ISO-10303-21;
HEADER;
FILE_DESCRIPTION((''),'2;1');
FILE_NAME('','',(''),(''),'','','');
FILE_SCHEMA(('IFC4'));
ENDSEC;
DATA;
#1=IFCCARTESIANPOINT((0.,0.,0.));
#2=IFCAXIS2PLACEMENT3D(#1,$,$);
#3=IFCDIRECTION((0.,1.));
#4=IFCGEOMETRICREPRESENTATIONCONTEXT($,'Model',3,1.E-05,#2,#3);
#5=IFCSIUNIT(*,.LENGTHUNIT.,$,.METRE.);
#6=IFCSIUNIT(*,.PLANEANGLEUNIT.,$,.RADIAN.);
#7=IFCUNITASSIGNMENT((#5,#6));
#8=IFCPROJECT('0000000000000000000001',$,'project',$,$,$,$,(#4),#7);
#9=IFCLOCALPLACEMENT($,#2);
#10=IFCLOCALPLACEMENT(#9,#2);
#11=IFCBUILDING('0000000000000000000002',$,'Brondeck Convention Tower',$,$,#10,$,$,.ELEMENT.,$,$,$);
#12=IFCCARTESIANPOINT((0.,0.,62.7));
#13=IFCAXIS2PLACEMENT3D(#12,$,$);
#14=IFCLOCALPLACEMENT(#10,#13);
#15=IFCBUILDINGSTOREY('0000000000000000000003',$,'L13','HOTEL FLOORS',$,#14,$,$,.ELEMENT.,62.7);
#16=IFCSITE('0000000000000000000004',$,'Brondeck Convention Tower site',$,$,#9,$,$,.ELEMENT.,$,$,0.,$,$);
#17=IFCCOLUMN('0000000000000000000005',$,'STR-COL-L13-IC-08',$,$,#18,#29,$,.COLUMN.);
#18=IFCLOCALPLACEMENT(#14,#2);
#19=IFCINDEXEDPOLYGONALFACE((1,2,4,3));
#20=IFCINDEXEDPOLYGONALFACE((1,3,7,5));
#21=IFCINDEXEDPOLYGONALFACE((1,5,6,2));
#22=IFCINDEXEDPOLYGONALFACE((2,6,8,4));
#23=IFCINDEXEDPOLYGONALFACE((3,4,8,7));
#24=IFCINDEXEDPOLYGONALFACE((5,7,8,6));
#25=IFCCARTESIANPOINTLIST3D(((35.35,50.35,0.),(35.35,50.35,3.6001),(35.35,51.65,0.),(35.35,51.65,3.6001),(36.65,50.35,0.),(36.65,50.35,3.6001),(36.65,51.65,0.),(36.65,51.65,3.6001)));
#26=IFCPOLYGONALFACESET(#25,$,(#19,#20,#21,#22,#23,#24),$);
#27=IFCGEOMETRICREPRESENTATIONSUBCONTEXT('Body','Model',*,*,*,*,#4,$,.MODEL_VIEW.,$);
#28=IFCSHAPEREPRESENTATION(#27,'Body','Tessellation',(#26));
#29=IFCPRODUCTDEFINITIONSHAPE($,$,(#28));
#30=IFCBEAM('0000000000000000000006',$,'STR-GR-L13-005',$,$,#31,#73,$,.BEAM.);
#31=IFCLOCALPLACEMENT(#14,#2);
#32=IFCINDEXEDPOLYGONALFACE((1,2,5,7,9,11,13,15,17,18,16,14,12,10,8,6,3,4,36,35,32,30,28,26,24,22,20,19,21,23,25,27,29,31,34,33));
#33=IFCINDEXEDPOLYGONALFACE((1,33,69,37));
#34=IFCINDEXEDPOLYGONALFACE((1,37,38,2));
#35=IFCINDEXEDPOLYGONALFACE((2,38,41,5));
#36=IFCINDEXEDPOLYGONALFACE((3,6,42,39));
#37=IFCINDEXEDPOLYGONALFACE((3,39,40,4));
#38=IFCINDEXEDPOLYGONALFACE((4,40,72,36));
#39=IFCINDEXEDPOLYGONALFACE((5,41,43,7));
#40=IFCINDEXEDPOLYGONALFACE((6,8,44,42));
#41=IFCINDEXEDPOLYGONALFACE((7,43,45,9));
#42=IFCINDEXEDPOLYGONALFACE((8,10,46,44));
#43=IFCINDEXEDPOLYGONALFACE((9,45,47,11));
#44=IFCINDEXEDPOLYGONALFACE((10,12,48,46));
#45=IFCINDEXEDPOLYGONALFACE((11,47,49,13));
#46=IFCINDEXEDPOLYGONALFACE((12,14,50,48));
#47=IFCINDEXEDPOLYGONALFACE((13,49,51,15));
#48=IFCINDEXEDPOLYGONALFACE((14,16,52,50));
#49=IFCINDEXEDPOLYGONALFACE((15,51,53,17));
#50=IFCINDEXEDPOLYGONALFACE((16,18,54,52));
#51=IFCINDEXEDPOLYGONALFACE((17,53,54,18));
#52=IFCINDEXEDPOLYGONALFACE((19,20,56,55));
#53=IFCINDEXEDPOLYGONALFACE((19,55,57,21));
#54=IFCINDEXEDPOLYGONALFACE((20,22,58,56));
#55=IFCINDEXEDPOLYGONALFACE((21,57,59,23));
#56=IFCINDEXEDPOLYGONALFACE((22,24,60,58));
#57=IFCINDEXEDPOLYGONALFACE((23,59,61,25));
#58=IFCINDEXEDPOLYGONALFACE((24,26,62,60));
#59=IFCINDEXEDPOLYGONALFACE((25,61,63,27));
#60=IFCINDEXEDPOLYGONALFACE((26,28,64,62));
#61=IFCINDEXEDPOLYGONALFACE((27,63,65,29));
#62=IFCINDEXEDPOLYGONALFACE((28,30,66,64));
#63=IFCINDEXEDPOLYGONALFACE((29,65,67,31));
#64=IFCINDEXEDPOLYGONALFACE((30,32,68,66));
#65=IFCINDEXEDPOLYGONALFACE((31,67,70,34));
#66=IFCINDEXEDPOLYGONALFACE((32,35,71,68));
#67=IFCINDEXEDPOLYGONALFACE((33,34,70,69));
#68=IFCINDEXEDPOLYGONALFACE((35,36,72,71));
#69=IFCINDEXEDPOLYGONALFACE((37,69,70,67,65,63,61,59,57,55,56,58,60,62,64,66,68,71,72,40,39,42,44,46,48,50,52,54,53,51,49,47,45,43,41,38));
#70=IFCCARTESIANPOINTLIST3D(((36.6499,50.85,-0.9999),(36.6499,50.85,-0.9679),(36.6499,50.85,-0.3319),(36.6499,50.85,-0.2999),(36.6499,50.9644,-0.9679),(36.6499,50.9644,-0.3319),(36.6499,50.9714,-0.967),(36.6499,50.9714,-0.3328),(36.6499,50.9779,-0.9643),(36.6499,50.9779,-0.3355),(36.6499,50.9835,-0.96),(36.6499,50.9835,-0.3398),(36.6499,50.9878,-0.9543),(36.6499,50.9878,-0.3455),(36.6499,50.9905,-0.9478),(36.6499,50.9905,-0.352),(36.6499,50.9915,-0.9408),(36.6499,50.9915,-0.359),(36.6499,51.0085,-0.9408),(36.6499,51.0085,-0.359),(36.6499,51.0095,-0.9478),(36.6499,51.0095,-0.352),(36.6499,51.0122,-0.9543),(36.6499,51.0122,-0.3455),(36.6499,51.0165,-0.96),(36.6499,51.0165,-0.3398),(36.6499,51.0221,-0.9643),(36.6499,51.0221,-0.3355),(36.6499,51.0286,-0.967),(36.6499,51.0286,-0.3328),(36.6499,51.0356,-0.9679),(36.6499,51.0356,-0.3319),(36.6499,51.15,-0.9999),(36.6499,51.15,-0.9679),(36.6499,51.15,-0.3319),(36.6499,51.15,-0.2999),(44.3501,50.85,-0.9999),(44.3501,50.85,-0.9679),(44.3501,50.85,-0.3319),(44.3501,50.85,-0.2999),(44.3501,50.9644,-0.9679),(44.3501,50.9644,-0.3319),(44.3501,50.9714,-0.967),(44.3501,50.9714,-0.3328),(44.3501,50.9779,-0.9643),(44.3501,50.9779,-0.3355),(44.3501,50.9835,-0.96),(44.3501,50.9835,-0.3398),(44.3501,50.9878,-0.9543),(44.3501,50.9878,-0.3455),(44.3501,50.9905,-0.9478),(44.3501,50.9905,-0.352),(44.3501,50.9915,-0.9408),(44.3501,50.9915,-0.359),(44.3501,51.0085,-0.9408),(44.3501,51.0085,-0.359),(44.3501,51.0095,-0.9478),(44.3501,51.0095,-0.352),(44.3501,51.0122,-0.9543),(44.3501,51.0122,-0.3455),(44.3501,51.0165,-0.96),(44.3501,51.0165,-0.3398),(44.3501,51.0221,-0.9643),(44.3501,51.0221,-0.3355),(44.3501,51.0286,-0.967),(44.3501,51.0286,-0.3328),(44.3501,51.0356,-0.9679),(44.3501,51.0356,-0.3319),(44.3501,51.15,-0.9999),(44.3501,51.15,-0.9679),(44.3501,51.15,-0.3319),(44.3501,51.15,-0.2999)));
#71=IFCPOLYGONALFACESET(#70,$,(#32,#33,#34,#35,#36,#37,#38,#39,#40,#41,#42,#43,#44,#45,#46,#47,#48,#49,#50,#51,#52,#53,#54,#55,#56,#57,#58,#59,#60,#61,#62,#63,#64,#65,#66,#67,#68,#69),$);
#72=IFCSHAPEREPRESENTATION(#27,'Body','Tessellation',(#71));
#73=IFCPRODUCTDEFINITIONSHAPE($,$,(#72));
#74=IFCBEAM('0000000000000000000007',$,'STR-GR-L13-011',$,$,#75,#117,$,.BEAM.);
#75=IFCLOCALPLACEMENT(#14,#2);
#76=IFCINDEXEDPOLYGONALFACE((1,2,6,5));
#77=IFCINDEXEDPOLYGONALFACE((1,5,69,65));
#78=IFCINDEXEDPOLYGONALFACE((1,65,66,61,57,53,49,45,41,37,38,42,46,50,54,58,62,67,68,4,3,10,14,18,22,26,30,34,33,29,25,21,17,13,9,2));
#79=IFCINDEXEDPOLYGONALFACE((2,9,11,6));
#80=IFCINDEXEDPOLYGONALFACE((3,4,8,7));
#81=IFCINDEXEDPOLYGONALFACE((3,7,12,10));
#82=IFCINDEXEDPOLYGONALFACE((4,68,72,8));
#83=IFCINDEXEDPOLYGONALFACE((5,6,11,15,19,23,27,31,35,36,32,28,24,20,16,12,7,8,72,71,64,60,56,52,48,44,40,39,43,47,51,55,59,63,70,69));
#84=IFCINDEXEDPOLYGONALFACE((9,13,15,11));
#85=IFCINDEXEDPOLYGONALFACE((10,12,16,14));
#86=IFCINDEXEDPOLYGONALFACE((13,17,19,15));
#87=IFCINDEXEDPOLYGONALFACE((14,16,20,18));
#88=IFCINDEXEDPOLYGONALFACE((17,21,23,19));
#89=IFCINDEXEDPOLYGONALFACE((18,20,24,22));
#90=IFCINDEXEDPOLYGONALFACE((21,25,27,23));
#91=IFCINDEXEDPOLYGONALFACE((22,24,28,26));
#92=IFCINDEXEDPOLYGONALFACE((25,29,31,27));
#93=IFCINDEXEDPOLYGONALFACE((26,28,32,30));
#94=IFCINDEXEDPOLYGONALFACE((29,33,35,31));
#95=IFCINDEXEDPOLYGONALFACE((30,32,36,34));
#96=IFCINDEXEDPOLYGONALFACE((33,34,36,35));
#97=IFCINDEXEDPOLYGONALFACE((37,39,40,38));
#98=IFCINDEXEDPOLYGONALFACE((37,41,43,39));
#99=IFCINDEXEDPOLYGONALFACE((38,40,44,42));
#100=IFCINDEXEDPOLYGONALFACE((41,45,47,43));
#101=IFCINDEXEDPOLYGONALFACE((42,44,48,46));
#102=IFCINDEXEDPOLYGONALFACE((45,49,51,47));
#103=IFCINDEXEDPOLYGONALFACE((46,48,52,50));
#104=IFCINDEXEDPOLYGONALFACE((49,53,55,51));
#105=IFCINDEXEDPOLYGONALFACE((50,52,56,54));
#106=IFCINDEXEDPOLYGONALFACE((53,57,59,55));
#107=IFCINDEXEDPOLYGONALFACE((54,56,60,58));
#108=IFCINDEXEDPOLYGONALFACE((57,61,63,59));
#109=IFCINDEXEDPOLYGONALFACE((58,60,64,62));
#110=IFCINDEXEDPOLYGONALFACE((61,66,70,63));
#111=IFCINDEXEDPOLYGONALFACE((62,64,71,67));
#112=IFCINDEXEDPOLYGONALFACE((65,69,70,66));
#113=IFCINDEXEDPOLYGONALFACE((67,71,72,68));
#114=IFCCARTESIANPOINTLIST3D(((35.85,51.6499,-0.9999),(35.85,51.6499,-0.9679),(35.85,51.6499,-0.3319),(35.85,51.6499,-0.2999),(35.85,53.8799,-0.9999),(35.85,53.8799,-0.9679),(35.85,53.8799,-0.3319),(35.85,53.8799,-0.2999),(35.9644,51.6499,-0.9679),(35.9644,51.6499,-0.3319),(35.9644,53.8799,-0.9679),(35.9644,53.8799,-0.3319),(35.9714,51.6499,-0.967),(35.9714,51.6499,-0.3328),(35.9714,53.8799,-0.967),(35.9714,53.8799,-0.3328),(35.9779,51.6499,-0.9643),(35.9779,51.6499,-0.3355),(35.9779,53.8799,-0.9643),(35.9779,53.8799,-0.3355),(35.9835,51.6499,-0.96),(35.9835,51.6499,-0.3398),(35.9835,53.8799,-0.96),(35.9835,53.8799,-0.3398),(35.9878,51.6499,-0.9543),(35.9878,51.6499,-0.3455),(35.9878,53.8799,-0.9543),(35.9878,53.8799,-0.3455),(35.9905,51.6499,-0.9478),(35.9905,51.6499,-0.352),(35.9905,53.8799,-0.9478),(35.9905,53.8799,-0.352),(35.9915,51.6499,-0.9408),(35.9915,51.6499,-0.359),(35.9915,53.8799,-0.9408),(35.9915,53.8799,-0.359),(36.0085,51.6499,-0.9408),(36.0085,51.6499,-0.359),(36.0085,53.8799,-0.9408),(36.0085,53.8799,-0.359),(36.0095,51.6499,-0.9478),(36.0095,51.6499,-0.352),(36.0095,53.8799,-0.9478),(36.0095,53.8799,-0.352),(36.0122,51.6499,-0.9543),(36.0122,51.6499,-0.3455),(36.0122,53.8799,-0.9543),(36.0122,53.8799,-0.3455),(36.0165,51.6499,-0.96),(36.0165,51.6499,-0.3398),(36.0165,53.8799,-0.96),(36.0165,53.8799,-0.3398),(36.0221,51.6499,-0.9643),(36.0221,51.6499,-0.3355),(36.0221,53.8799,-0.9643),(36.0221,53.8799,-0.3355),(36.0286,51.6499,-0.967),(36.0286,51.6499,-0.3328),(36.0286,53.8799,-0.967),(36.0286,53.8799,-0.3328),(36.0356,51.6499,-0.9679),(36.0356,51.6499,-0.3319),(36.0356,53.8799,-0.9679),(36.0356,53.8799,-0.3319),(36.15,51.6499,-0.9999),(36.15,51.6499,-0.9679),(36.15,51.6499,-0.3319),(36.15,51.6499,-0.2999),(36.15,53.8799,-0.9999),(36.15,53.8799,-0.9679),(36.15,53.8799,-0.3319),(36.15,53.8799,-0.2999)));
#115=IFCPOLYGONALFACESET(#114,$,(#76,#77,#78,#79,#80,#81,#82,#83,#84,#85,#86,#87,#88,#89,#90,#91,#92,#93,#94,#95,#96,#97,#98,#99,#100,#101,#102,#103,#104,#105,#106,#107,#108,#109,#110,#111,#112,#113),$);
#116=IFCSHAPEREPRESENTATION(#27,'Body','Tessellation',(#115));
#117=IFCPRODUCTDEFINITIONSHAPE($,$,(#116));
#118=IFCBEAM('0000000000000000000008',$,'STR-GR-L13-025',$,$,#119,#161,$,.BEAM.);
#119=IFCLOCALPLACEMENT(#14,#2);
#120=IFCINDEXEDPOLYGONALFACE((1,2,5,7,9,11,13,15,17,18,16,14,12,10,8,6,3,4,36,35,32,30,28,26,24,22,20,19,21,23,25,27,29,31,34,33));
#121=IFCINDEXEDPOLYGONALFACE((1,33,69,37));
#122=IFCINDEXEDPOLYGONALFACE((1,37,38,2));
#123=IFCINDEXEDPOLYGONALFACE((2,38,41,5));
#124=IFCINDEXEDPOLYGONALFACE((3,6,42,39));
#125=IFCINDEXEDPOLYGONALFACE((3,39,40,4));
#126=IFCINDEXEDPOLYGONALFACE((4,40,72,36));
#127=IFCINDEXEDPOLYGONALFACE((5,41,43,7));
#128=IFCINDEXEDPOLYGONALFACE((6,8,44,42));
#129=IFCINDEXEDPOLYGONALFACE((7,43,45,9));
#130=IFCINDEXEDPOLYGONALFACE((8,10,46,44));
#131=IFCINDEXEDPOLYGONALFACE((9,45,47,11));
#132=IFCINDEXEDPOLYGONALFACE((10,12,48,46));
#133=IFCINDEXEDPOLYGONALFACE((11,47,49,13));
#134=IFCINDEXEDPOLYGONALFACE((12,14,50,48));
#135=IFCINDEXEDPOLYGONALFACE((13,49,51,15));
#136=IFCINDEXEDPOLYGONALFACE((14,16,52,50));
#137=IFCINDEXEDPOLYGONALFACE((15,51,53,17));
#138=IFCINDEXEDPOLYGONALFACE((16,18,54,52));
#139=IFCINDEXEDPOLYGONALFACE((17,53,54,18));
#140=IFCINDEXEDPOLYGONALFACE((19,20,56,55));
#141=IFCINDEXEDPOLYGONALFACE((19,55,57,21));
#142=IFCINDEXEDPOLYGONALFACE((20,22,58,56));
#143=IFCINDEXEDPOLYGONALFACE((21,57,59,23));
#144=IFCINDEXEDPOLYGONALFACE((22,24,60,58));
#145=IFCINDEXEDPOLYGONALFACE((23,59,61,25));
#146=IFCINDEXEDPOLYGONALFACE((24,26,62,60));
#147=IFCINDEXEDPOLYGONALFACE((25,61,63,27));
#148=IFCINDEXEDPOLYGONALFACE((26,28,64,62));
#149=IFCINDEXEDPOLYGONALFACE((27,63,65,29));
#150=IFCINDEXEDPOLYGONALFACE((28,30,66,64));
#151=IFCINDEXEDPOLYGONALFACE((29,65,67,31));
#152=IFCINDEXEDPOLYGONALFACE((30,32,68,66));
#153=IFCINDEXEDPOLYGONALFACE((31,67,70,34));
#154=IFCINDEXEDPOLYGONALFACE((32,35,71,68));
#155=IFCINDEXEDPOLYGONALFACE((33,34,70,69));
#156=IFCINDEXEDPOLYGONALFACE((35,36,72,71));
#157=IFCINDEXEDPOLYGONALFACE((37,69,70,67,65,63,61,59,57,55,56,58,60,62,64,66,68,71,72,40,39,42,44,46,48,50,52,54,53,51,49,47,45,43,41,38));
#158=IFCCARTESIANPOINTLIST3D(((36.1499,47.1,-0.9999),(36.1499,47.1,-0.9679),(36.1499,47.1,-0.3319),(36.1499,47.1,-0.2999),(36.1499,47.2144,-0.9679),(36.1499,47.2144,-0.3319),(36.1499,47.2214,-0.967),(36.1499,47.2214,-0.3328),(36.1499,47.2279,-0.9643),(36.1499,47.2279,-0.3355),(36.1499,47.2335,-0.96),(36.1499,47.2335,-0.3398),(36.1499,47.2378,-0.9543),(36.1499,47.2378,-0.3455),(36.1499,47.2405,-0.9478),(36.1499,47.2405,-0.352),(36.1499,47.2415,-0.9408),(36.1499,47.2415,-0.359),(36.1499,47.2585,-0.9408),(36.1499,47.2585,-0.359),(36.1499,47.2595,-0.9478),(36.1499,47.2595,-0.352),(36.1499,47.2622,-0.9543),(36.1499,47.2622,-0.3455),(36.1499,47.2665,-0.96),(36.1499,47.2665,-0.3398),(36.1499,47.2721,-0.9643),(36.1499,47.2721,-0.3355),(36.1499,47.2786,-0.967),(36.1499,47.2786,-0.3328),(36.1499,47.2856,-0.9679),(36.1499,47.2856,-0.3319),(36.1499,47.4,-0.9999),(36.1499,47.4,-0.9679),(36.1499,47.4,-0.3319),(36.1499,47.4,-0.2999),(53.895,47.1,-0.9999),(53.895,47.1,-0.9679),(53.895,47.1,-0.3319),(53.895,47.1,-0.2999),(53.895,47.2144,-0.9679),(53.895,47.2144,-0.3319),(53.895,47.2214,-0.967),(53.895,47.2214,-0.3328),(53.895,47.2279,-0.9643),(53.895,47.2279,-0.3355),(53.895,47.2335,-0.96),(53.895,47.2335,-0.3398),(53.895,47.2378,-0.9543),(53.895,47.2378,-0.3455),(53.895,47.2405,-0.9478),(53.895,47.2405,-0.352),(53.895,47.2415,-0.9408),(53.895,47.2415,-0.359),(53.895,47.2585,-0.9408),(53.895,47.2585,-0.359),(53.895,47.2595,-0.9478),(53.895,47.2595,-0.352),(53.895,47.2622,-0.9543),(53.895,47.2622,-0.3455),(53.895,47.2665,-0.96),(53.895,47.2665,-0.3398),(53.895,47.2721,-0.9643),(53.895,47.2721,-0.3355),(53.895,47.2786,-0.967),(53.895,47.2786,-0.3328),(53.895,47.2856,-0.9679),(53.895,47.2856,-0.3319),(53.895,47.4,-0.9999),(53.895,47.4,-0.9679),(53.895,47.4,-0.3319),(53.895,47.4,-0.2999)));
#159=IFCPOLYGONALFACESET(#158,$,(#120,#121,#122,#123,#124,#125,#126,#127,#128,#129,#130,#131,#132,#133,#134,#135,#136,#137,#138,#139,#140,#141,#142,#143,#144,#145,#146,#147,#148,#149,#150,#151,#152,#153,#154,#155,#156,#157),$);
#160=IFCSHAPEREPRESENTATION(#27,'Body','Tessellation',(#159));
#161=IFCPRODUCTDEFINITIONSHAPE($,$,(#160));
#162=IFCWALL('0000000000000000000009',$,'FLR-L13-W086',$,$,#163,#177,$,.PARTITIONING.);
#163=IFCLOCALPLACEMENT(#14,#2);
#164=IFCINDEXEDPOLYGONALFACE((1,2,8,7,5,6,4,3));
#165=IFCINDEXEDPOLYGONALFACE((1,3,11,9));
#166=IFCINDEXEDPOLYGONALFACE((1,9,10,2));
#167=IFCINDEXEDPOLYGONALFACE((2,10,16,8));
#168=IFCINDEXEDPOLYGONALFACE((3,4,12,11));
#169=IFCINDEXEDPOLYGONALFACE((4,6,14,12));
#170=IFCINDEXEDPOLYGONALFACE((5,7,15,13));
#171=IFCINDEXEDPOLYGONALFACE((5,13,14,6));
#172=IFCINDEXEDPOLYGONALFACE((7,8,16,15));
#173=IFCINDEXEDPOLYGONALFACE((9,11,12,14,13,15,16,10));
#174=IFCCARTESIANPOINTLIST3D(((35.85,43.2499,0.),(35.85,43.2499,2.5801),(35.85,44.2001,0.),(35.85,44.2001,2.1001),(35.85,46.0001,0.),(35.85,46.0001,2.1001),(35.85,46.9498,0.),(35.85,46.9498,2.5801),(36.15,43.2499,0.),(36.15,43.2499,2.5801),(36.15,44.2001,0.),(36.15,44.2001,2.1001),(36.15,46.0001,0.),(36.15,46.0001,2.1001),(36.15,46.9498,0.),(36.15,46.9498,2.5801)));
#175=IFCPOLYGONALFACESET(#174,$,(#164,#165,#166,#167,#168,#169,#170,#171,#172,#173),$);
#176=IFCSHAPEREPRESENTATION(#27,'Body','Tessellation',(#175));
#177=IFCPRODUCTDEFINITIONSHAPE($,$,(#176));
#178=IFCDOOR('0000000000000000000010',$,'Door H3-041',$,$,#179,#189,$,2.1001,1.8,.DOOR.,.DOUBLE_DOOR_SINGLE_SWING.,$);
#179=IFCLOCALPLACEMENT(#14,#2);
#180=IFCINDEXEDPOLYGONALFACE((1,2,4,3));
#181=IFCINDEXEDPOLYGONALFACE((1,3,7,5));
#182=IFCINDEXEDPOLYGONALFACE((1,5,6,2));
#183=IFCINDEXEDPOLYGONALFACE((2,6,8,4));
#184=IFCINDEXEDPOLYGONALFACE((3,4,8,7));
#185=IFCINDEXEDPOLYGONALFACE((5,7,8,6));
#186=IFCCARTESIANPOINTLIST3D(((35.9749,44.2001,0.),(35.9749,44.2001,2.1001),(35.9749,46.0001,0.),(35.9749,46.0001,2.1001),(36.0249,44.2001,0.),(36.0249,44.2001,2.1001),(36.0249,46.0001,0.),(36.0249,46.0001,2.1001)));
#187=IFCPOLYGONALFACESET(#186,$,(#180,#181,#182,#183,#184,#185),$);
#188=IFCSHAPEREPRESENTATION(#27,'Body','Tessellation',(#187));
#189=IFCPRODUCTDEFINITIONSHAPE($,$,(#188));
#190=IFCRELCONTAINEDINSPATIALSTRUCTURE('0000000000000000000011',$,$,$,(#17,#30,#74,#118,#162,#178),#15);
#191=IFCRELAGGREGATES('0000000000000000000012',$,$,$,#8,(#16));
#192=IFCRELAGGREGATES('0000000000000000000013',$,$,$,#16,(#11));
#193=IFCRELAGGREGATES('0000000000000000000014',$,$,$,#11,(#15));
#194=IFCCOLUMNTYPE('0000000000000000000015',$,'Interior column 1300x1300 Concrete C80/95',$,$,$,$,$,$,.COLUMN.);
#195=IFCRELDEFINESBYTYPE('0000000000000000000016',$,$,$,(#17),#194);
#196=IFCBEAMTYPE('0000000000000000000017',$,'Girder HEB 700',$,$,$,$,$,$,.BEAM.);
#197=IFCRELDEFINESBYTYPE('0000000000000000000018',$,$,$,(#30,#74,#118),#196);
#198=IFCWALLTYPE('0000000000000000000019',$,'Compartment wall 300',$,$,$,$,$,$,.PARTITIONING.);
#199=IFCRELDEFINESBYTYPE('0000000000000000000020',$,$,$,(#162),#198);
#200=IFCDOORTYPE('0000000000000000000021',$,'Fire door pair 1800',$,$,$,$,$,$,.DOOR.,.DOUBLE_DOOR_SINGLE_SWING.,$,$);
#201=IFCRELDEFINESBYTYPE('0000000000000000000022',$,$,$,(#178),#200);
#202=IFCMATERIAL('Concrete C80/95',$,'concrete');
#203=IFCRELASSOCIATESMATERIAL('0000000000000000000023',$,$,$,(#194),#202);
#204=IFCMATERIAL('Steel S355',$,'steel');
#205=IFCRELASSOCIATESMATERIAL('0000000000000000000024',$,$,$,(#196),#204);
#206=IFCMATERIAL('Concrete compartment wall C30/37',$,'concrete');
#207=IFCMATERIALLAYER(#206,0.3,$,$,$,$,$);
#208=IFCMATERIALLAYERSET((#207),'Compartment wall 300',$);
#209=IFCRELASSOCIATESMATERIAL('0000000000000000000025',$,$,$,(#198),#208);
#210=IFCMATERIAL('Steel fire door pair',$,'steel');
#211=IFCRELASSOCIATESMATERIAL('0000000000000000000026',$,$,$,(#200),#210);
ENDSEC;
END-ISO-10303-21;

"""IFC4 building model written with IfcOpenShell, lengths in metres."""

from ifc_helpers import new_model, si_unit, direction, frame, frame_2d, origin, origin_2d, place, context, subcontext, project, spatial, rectangle, i_section, extrude, material, layer, layer_set, material_profile, profile_set, type_object, element, fill, save


model = new_model("IFC4")

# Units and contexts
model_context = context("Model", 3, precision=1e-05, world=origin(), true_north=direction((0.0, 1.0)))
body_context = subcontext(model_context, "Body", "Model", "MODEL_VIEW")
ifc_project = project(units=[si_unit("LENGTHUNIT", "METRE"), si_unit("PLANEANGLEUNIT", "RADIAN")], contexts=[model_context])

# Site, building, storey
site_placement = place(None, origin())
site = spatial("IfcSite", under=ifc_project, at=site_placement, Name="Brondeck Convention Tower site", CompositionType="ELEMENT", RefElevation=0.0)
building_placement = place(site_placement, origin())
building = spatial("IfcBuilding", under=site, at=building_placement, Name="Brondeck Convention Tower", CompositionType="ELEMENT")
storey_placement = place(building_placement, frame((0.0, 0.0, 62.7)))
storey = spatial("IfcBuildingStorey", under=building, at=storey_placement, Name="L13", Description="HOTEL FLOORS", CompositionType="ELEMENT", Elevation=62.7)

# Column
ifc_material_1 = material(Name="Concrete C80/95", Category="concrete")
ifc_material_profile_1 = material_profile(ifc_material_1, rectangle(XDim=1.3, YDim=1.3, at=origin_2d()), Name="Interior column 1300x1300 Concrete C80/95")
ifc_profile_set_1 = profile_set([ifc_material_profile_1], Name="Concrete C80/95")
column_type = type_object("IfcColumnType", Name="Interior column 1300x1300 Concrete C80/95", PredefinedType="COLUMN", material=ifc_profile_set_1)
column_placement = place(storey_placement, frame((36.0, 51.0, 0.0), z_axis=(0.0, 0.0, 1.0), x_axis=(1.0, 0.0, 0.0)))
element("IfcColumn", 1, at=column_placement, inside=storey, type_object=column_type, Name="STR-COL-L13-IC-08", PredefinedType="COLUMN", context=body_context, shape_type="SweptSolid", body=[
    extrude(rectangle(XDim=1.3, YDim=1.3, at=origin_2d()), origin(), (0.0, 0.0, 1.0), 3.6001),
])

# Beams
ifc_material_2 = material(Name="Steel S355", Category="steel")
ifc_material_profile_2 = material_profile(ifc_material_2, i_section(OverallWidth=0.3, OverallDepth=0.7, WebThickness=0.0171, FlangeThickness=0.032, FilletRadius=0.0271, at=origin_2d()), Name="HEB 700")
ifc_profile_set_2 = profile_set([ifc_material_profile_2], Name="Steel S355")
beam_type = type_object("IfcBeamType", Name="Girder HEB 700", PredefinedType="BEAM", material=ifc_profile_set_2)
beam_1_placement = place(storey_placement, frame((36.6499, 51.0, -0.6499), z_axis=(1.0, 0.0, 0.0), x_axis=(0.0, 1.0, 0.0)))
element("IfcBeam", 2, at=beam_1_placement, inside=storey, type_object=beam_type, Name="STR-GR-L13-005", PredefinedType="BEAM", context=body_context, shape_type="SweptSolid", body=[
    extrude(i_section(OverallWidth=0.3, OverallDepth=0.7, WebThickness=0.0171, FlangeThickness=0.032, FilletRadius=0.0271, at=origin_2d()), origin(), (0.0, 0.0, 1.0), 7.7002),
])
beam_2_placement = place(storey_placement, frame((36.0, 51.6499, -0.6499), z_axis=(0.0, 1.0, 0.0), x_axis=(-1.0, 0.0, 0.0)))
element("IfcBeam", 3, at=beam_2_placement, inside=storey, type_object=beam_type, Name="STR-GR-L13-011", PredefinedType="BEAM", context=body_context, shape_type="SweptSolid", body=[
    extrude(i_section(OverallWidth=0.3, OverallDepth=0.7, WebThickness=0.0171, FlangeThickness=0.032, FilletRadius=0.0271, at=origin_2d()), origin(), (0.0, 0.0, 1.0), 2.23),
])
beam_3_placement = place(storey_placement, frame((36.1499, 47.25, -0.6499), z_axis=(1.0, 0.0, 0.0), x_axis=(0.0, 1.0, 0.0)))
element("IfcBeam", 4, at=beam_3_placement, inside=storey, type_object=beam_type, Name="STR-GR-L13-025", PredefinedType="BEAM", context=body_context, shape_type="SweptSolid", body=[
    extrude(i_section(OverallWidth=0.3, OverallDepth=0.7, WebThickness=0.0171, FlangeThickness=0.032, FilletRadius=0.0271, at=origin_2d()), origin(), (0.0, 0.0, 1.0), 17.7451),
])

# Wall, opening, door
ifc_material_3 = material(Name="Concrete compartment wall C30/37", Category="concrete")
ifc_layer_1 = layer(ifc_material_3, 0.3)
ifc_layer_set_1 = layer_set([ifc_layer_1], Name="Compartment wall 300")
wall_type_1 = type_object("IfcWallType", Name="Compartment wall 300", PredefinedType="PARTITIONING", material=ifc_layer_set_1)
wall_1_placement = place(storey_placement, frame((36.0, 46.95, 0.0), z_axis=(0.0, 0.0, 1.0), x_axis=(0.0, -1.0, 0.0)))
wall_1 = element("IfcWall", 5, at=wall_1_placement, inside=storey, type_object=wall_type_1, Name="FLR-L13-W086", PredefinedType="PARTITIONING", context=body_context, shape_type="SweptSolid", body=[
    extrude(rectangle(XDim=3.7, YDim=0.3, at=frame_2d((1.8501, 0.0))), origin(), (0.0, 0.0, 1.0), 2.5801),
])
opening_1_placement = place(wall_1_placement, frame((0.95, 0.0, 0.0)))
opening_1 = element("IfcOpeningElement", 6, at=opening_1_placement, cuts=wall_1, PredefinedType="OPENING", context=body_context, shape_type="SweptSolid", body=[
    extrude(rectangle(XDim=1.8, YDim=2.1001, at=frame_2d((0.8999, 1.05))), frame((0.0, 0.1599, 0.0), z_axis=(0.0, -1.0, 0.0), x_axis=(1.0, 0.0, 0.0)), (0.0, 0.0, 1.0), 0.3201),
])
ifc_material_4 = material(Name="Steel fire door pair", Category="steel")
door_type_1 = type_object("IfcDoorType", Name="Fire door pair 1800", OperationType="DOUBLE_DOOR_SINGLE_SWING", PredefinedType="DOOR", material=ifc_material_4)
door_1_placement = place(opening_1_placement, origin())
door_1 = element("IfcDoor", 7, at=door_1_placement, inside=storey, type_object=door_type_1, Name="Door H3-041", OperationType="DOUBLE_DOOR_SINGLE_SWING", OverallHeight=2.1001, OverallWidth=1.8, PredefinedType="DOOR", context=body_context, shape_type="SweptSolid", body=[
    extrude(rectangle(XDim=1.8, YDim=2.1001, at=frame_2d((0.8999, 1.05))), frame((0.0, 0.0249, 0.0), z_axis=(0.0, -1.0, 0.0), x_axis=(1.0, 0.0, 0.0)), (0.0, 0.0, 1.0), 0.05),
])
fill(opening_1, door_1)

save(model, "model.ifc")
